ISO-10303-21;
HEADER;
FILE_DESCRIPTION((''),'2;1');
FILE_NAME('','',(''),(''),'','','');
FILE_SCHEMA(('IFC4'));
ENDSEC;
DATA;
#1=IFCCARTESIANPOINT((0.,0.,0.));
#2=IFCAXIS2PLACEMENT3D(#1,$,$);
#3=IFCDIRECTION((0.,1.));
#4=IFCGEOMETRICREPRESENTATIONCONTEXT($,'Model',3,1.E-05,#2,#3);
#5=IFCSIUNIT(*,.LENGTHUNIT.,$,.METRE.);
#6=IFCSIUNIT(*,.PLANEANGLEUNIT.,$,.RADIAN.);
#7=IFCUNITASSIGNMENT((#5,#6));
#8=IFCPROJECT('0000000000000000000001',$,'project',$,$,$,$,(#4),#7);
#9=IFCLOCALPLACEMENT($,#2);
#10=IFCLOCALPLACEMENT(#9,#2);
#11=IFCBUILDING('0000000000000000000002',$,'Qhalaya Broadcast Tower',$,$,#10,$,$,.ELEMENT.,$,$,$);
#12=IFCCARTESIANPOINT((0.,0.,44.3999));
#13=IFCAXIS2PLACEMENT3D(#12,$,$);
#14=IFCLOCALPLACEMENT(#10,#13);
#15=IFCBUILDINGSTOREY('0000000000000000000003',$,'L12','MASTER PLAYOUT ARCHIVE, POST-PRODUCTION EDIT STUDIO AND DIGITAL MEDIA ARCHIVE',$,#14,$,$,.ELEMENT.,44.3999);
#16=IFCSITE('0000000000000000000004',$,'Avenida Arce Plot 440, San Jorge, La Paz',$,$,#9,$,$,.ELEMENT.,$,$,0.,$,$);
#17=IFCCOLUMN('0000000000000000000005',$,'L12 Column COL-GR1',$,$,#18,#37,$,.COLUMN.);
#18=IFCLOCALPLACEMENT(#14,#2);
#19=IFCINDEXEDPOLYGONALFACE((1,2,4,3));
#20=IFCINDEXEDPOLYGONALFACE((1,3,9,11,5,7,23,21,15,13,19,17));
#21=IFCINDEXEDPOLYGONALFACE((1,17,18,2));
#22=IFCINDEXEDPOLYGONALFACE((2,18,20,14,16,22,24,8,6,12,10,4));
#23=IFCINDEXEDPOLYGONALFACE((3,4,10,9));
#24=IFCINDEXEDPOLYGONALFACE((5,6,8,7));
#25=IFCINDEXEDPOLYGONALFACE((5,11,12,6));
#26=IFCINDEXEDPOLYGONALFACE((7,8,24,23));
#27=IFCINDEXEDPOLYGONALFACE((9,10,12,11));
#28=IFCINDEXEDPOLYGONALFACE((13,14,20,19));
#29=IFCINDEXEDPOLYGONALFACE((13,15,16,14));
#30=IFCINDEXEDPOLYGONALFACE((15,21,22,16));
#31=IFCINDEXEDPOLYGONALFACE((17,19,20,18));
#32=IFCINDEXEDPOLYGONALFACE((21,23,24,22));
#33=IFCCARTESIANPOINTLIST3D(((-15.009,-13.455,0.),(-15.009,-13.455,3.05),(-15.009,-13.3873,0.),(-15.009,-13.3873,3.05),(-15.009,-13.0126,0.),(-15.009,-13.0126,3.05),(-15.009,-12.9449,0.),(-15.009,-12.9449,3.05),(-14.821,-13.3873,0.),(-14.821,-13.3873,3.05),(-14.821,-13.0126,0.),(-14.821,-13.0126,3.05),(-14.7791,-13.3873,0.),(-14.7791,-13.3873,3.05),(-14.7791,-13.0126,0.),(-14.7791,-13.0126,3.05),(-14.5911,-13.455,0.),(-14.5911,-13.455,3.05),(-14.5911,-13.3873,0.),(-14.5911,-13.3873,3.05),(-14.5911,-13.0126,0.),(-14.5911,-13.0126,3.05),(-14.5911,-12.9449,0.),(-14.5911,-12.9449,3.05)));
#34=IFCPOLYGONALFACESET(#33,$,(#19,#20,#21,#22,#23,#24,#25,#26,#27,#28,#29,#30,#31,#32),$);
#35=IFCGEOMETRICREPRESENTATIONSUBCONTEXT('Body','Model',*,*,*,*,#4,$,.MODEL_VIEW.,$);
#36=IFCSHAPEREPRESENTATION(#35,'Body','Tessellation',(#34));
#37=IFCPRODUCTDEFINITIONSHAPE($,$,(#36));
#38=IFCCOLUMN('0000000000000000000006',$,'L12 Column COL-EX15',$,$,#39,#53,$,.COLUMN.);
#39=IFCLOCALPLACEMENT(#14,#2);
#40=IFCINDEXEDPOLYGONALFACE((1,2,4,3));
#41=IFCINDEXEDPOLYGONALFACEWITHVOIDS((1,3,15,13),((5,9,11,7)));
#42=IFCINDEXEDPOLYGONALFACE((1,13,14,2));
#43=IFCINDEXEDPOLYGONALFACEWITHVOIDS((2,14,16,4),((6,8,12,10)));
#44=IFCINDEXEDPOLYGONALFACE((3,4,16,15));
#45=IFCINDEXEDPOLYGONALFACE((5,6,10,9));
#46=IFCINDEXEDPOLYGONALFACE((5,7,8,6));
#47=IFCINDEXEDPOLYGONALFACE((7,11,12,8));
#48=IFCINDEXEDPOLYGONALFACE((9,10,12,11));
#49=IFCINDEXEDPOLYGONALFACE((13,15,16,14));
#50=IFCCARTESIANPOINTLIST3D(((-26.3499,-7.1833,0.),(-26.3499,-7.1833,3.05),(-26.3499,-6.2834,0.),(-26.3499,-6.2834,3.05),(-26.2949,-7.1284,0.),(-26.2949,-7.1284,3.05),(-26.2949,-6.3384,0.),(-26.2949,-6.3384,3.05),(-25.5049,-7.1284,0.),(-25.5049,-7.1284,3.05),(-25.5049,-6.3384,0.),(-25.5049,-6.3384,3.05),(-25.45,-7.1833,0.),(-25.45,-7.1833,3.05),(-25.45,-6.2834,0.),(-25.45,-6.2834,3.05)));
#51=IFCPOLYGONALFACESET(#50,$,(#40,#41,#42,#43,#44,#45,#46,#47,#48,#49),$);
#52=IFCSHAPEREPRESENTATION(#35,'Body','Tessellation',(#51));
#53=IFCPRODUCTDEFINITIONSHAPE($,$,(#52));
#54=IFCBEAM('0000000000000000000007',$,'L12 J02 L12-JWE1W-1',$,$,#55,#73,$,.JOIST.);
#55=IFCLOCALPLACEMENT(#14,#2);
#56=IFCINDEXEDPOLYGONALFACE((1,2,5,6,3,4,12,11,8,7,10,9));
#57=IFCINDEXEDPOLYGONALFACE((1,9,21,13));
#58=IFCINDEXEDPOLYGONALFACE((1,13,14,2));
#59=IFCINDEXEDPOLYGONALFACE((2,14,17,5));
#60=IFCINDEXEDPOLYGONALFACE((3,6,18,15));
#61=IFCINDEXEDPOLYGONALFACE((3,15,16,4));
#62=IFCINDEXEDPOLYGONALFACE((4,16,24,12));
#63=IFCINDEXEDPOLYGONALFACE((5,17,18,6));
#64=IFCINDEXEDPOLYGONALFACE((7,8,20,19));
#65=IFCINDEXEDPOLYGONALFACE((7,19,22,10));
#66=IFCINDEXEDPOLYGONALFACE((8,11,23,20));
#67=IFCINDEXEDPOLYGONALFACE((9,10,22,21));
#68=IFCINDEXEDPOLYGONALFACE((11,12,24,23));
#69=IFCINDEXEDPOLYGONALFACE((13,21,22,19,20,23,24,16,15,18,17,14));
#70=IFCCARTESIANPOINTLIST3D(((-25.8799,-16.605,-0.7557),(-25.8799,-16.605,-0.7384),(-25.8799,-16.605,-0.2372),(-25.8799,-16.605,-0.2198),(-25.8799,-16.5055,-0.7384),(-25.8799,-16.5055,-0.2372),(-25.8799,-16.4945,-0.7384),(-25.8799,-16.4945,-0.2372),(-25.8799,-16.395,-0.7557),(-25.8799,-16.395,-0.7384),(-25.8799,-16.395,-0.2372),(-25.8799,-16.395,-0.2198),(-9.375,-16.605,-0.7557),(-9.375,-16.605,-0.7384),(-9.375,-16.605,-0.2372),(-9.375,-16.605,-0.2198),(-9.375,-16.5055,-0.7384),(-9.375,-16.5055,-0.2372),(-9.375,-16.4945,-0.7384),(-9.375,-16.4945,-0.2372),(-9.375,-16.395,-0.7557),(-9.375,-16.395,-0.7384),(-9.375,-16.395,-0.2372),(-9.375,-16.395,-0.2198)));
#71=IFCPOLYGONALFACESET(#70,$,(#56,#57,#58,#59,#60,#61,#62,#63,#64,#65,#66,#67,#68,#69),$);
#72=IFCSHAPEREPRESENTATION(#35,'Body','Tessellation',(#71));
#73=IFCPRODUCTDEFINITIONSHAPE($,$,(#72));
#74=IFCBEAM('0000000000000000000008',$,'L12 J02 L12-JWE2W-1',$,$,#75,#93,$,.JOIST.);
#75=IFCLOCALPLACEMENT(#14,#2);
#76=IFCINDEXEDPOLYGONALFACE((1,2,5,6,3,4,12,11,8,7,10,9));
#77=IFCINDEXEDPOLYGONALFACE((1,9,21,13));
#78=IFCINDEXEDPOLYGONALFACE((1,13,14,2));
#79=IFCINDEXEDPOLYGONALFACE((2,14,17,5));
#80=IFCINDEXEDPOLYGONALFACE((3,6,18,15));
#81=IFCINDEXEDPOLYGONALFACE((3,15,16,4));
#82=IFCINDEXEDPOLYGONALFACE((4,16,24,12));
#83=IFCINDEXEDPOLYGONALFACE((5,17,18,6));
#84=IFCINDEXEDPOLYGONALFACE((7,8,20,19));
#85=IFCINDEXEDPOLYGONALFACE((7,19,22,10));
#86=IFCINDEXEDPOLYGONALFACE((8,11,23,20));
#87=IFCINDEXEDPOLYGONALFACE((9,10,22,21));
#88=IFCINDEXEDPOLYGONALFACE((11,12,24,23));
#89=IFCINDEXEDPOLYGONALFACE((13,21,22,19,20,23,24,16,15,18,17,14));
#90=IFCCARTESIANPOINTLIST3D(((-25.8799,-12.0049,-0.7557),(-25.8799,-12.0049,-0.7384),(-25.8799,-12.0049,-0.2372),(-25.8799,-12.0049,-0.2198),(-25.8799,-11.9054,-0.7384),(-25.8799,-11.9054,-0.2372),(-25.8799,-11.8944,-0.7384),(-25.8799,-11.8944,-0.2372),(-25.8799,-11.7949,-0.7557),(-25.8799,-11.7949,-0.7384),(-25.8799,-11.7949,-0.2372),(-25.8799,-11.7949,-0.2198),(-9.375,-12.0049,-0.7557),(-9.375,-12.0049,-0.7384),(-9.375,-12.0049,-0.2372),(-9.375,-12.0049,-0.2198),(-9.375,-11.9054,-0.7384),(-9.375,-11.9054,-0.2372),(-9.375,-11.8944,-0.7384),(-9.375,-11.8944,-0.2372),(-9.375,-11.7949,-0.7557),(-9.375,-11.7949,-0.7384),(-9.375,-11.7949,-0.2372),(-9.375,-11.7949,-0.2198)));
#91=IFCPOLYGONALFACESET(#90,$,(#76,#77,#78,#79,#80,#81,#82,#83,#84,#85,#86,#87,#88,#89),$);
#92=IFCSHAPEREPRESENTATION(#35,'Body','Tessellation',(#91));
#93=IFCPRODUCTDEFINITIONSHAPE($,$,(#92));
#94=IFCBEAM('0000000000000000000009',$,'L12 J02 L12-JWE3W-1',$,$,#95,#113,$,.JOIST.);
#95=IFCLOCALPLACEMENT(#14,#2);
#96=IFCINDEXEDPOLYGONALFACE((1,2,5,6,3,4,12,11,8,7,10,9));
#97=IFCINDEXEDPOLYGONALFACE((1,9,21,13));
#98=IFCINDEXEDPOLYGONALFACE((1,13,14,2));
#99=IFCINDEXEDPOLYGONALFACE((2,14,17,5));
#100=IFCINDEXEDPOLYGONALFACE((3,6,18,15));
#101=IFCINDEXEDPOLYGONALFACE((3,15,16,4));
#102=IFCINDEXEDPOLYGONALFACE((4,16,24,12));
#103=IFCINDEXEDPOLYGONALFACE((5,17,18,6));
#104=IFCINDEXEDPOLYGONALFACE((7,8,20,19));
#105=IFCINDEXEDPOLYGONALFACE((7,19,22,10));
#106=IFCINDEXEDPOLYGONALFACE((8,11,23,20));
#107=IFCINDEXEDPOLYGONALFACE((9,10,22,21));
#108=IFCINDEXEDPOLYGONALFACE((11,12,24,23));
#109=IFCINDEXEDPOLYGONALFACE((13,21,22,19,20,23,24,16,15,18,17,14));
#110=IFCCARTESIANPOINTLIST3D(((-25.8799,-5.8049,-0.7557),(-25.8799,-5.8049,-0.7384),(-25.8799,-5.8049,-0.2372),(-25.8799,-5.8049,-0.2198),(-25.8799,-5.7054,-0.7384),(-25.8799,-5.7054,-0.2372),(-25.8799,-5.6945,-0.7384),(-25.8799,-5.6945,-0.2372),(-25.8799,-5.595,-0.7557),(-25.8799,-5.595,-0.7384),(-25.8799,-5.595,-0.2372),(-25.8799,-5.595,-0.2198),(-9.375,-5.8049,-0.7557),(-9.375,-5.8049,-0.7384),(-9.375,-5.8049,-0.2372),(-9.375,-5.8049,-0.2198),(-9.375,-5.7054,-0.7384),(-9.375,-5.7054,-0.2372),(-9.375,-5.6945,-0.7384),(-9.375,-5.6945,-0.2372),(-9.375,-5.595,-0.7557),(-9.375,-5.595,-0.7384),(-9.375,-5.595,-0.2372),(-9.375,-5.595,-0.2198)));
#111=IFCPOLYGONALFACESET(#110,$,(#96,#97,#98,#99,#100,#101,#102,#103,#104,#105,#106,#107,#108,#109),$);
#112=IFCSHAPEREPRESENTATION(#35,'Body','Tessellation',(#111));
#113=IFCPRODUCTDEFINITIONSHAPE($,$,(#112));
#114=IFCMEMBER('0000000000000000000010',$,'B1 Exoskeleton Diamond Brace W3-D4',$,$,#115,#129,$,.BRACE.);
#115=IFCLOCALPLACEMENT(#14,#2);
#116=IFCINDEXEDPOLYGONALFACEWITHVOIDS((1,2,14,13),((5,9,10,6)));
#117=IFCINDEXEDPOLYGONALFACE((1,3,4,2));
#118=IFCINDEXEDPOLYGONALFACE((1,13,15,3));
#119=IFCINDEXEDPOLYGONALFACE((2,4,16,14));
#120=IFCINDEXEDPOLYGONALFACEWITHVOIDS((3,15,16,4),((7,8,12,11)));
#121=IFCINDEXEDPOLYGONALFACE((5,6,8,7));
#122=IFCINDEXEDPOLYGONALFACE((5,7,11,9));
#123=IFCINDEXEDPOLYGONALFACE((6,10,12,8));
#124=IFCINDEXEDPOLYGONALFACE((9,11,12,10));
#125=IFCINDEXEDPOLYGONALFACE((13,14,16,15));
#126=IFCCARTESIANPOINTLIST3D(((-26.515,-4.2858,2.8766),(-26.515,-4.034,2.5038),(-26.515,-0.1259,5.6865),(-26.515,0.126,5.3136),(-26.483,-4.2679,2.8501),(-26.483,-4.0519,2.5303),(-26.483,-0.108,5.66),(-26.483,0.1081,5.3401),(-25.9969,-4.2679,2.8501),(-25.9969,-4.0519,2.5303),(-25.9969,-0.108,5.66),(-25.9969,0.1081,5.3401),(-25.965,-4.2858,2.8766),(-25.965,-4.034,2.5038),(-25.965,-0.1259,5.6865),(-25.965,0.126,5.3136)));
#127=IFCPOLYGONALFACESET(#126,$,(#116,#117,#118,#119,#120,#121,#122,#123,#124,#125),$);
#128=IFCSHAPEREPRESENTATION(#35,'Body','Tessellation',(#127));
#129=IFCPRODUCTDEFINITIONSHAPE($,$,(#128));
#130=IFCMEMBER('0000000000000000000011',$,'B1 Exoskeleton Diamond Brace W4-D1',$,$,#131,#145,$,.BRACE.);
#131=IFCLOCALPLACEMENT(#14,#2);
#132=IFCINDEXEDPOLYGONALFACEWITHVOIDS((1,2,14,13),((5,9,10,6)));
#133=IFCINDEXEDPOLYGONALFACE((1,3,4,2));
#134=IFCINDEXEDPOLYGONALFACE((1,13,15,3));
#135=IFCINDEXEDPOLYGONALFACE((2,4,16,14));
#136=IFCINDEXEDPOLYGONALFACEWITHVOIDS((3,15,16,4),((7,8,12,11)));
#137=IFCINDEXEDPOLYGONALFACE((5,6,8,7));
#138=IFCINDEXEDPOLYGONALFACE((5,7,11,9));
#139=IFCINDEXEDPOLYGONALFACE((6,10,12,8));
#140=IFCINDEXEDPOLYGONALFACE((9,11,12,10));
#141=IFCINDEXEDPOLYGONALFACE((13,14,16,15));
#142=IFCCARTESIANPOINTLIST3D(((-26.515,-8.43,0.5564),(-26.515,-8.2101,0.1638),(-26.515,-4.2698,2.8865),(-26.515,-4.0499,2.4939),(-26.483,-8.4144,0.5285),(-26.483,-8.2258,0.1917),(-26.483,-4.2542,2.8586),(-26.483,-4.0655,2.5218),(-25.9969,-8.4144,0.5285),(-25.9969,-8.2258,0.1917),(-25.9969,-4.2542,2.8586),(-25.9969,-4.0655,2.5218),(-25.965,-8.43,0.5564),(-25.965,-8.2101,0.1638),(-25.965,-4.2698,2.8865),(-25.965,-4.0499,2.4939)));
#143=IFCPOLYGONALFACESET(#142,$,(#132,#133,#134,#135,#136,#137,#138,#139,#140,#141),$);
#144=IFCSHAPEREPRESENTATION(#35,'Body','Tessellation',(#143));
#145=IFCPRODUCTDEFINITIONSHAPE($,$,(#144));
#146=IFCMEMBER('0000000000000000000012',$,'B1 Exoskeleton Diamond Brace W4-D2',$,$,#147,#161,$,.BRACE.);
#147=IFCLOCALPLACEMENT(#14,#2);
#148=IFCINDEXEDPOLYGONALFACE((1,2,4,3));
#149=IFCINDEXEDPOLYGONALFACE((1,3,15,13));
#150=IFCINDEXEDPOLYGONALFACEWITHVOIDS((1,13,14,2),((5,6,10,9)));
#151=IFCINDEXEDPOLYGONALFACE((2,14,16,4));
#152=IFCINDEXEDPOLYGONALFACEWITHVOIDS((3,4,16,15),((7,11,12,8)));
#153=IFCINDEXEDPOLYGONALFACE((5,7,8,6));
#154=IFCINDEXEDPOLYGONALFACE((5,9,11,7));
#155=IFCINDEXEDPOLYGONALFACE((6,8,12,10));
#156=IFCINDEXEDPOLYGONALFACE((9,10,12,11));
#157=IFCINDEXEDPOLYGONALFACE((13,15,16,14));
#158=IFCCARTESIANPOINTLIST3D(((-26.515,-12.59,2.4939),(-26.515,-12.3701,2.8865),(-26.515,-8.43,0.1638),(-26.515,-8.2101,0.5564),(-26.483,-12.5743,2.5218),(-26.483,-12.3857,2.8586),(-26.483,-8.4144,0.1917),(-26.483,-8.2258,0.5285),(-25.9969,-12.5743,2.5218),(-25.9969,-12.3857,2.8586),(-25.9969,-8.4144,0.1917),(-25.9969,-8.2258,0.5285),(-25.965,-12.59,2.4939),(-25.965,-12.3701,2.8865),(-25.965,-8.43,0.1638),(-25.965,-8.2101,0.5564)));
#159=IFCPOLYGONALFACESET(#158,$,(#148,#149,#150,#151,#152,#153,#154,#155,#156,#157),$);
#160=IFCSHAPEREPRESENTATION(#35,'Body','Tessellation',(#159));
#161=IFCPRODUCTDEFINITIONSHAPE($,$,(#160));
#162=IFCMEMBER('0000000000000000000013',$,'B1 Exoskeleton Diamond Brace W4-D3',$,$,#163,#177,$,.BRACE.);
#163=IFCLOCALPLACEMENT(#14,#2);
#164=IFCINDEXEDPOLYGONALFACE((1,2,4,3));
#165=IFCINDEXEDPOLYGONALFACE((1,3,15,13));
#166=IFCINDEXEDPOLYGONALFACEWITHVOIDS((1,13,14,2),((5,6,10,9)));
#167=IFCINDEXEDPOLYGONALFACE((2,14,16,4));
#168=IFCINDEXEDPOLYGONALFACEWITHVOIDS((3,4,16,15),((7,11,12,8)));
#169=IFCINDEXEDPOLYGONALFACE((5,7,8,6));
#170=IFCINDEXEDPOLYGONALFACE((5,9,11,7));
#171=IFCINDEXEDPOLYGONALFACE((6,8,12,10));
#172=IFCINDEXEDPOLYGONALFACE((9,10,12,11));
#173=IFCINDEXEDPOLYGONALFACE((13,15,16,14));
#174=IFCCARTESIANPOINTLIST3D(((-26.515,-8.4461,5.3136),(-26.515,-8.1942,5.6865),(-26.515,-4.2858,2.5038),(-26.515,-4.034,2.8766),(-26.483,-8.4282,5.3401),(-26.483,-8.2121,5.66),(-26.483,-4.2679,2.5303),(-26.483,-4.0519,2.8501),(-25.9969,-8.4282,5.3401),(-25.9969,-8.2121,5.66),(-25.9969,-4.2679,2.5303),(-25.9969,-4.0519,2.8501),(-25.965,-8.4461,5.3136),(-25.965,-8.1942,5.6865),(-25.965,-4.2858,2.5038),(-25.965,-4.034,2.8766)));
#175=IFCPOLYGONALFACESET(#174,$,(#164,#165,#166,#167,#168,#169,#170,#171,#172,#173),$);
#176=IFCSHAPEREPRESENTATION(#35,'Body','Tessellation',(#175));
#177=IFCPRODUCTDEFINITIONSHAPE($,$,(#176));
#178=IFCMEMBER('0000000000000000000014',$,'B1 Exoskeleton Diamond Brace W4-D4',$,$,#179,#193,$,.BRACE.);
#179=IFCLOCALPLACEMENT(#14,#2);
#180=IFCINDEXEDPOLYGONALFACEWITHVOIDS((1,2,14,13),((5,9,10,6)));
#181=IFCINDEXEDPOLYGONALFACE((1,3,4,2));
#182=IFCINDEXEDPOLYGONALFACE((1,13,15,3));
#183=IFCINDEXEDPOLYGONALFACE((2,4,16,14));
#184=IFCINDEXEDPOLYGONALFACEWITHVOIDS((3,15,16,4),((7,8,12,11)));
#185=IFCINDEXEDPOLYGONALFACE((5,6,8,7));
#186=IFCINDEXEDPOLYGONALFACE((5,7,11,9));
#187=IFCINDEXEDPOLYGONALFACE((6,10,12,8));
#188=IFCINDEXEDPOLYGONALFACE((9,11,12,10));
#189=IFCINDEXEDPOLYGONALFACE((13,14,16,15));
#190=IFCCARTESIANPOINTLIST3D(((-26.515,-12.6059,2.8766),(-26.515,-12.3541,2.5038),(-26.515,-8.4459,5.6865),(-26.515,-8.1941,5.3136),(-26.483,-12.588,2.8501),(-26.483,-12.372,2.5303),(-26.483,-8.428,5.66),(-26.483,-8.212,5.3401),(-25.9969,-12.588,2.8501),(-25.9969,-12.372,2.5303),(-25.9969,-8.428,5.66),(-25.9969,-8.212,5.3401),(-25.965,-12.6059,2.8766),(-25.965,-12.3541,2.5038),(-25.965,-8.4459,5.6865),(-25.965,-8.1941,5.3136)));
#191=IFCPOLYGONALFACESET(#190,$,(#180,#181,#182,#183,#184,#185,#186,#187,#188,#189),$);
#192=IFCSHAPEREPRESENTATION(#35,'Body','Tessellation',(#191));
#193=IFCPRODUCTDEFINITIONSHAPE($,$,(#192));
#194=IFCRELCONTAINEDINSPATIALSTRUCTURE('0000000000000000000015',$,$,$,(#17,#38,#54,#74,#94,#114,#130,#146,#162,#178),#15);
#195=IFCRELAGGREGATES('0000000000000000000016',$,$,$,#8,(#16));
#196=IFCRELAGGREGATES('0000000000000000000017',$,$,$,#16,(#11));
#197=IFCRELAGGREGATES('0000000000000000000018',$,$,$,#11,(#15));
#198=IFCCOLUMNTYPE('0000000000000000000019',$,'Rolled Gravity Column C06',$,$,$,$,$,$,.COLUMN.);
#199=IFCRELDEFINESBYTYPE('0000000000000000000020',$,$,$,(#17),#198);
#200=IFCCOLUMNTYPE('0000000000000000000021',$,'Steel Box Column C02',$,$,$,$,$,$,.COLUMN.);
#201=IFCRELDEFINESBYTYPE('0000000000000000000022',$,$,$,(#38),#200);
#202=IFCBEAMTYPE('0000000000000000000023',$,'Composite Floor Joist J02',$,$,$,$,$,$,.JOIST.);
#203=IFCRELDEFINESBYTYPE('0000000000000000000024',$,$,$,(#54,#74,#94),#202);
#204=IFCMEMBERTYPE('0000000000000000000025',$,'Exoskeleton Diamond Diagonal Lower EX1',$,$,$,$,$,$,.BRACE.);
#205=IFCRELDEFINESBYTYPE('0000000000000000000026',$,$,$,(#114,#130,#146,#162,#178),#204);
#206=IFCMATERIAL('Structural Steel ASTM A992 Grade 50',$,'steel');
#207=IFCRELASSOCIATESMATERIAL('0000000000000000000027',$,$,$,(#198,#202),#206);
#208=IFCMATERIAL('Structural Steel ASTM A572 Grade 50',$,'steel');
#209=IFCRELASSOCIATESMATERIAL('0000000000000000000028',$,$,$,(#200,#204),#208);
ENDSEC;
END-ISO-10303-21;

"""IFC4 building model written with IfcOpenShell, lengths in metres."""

from ifc_helpers import new_model, si_unit, direction, frame, origin, origin_2d, place, context, subcontext, project, spatial, hollow_rectangle, i_section, extrude, material, material_profile, profile_set, type_object, element, save


model = new_model("IFC4")

# Units and contexts
model_context = context("Model", 3, precision=1e-05, world=origin(), true_north=direction((0.0, 1.0)))
body_context = subcontext(model_context, "Body", "Model", "MODEL_VIEW")
ifc_project = project(units=[si_unit("LENGTHUNIT", "METRE"), si_unit("PLANEANGLEUNIT", "RADIAN")], contexts=[model_context])

# Site, building, storey
site_placement = place(None, origin())
site = spatial("IfcSite", under=ifc_project, at=site_placement, Name="Avenida Arce Plot 440, San Jorge, La Paz", CompositionType="ELEMENT", RefElevation=0.0)
building_placement = place(site_placement, origin())
building = spatial("IfcBuilding", under=site, at=building_placement, Name="Qhalaya Broadcast Tower", CompositionType="ELEMENT")
storey_placement = place(building_placement, frame((0.0, 0.0, 44.3999)))
storey = spatial("IfcBuildingStorey", under=building, at=storey_placement, Name="L12", Description="MASTER PLAYOUT ARCHIVE, POST-PRODUCTION EDIT STUDIO AND DIGITAL MEDIA ARCHIVE", CompositionType="ELEMENT", Elevation=44.3999)

# Columns
ifc_material_1 = material(Name="Structural Steel ASTM A992 Grade 50", Category="steel")
ifc_material_profile_1 = material_profile(ifc_material_1, i_section(OverallWidth=0.418, OverallDepth=0.51, WebThickness=0.042, FlangeThickness=0.0676, at=origin_2d()), Name="W14X370")
ifc_profile_set_1 = profile_set([ifc_material_profile_1], Name="Structural Steel ASTM A992 Grade 50")
column_type_1 = type_object("IfcColumnType", Name="Rolled Gravity Column C06", PredefinedType="COLUMN", material=ifc_profile_set_1)
column_1_placement = place(storey_placement, frame((-14.8, -13.2, 0.0), z_axis=(0.0, 0.0, 1.0), x_axis=(1.0, 0.0, 0.0)))
element("IfcColumn", 1, at=column_1_placement, inside=storey, type_object=column_type_1, Name="L12 Column COL-GR1", PredefinedType="COLUMN", context=body_context, shape_type="SweptSolid", body=[
    extrude(i_section(OverallWidth=0.418, OverallDepth=0.51, WebThickness=0.042, FlangeThickness=0.0676, at=origin_2d()), origin(), (0.0, 0.0, 1.0), 3.05),
])
ifc_material_2 = material(Name="Structural Steel ASTM A572 Grade 50", Category="steel")
ifc_material_profile_2 = material_profile(ifc_material_2, hollow_rectangle(XDim=0.8999, YDim=0.8999, WallThickness=0.0549, at=origin_2d()), Name="BOX 900x900x55")
ifc_profile_set_2 = profile_set([ifc_material_profile_2], Name="Structural Steel ASTM A572 Grade 50")
column_type_2 = type_object("IfcColumnType", Name="Steel Box Column C02", PredefinedType="COLUMN", material=ifc_profile_set_2)
column_2_placement = place(storey_placement, frame((-25.8999, -6.7334, 0.0), z_axis=(0.0, 0.0, 1.0), x_axis=(0.0, 1.0, 0.0)))
element("IfcColumn", 2, at=column_2_placement, inside=storey, type_object=column_type_2, Name="L12 Column COL-EX15", PredefinedType="COLUMN", context=body_context, shape_type="SweptSolid", body=[
    extrude(hollow_rectangle(XDim=0.8999, YDim=0.8999, WallThickness=0.0549, at=origin_2d()), origin(), (0.0, 0.0, 1.0), 3.05),
])

# Beams
ifc_material_profile_3 = material_profile(ifc_material_1, i_section(OverallWidth=0.21, OverallDepth=0.5359, WebThickness=0.011, FlangeThickness=0.0173, at=origin_2d()), Name="W21X68")
ifc_profile_set_3 = profile_set([ifc_material_profile_3], Name="Structural Steel ASTM A992 Grade 50")
beam_type_1 = type_object("IfcBeamType", Name="Composite Floor Joist J02", PredefinedType="JOIST", material=ifc_profile_set_3)
for number, where, z_axis, x_axis, name in (
    (3, (-25.8799, -16.5, -0.4878), (1.0, 0.0, 0.0), (0.0, 1.0, 0.0), "L12 J02 L12-JWE1W-1"),
    (4, (-25.8799, -11.8999, -0.4878), (1.0, 0.0, 0.0), (0.0, 1.0, 0.0), "L12 J02 L12-JWE2W-1"),
    (5, (-25.8799, -5.7, -0.4878), (1.0, 0.0, 0.0), (0.0, 1.0, 0.0), "L12 J02 L12-JWE3W-1"),
):
    element("IfcBeam", number, at=place(storey_placement, frame(where, z_axis=z_axis, x_axis=x_axis)), inside=storey, type_object=beam_type_1, Name=name, PredefinedType="JOIST", context=body_context, shape_type="SweptSolid", body=[
        extrude(i_section(OverallWidth=0.21, OverallDepth=0.5359, WebThickness=0.011, FlangeThickness=0.0173, at=origin_2d()), origin(), (0.0, 0.0, 1.0), 16.5049),
    ])

# Members
ifc_material_profile_4 = material_profile(ifc_material_2, hollow_rectangle(XDim=0.45, YDim=0.55, WallThickness=0.032, at=origin_2d()), Name="BOX 450x550x32")
ifc_profile_set_4 = profile_set([ifc_material_profile_4], Name="Structural Steel ASTM A572 Grade 50")
member_type = type_object("IfcMemberType", Name="Exoskeleton Diamond Diagonal Lower EX1", PredefinedType="BRACE", material=ifc_profile_set_4)
member_1_placement = place(storey_placement, frame((-26.24, -4.1599, 2.6902), z_axis=(0.0, 0.828676, 0.559729), x_axis=(0.0, -0.559729, 0.828676)))
element("IfcMember", 6, at=member_1_placement, inside=storey, type_object=member_type, Name="B1 Exoskeleton Diamond Brace W3-D4", PredefinedType="BRACE", context=body_context, shape_type="SweptSolid", body=[
    extrude(hollow_rectangle(XDim=0.45, YDim=0.55, WallThickness=0.032, at=origin_2d()), origin(), (0.0, 0.0, 1.0), 5.02),
])
member_2_placement = place(storey_placement, frame((-26.24, -8.3201, 0.3601), z_axis=(0.0, 0.872471, 0.488666), x_axis=(0.0, -0.488666, 0.872471)))
element("IfcMember", 7, at=member_2_placement, inside=storey, type_object=member_type, Name="B1 Exoskeleton Diamond Brace W4-D1", PredefinedType="BRACE", context=body_context, shape_type="SweptSolid", body=[
    extrude(hollow_rectangle(XDim=0.45, YDim=0.55, WallThickness=0.032, at=origin_2d()), origin(), (0.0, 0.0, 1.0), 4.7683),
])
member_3_placement = place(storey_placement, frame((-26.24, -8.3201, 0.3601), z_axis=(0.0, -0.872459, 0.488688), x_axis=(0.0, 0.488688, 0.872459)))
element("IfcMember", 8, at=member_3_placement, inside=storey, type_object=member_type, Name="B1 Exoskeleton Diamond Brace W4-D2", PredefinedType="BRACE", context=body_context, shape_type="SweptSolid", body=[
    extrude(hollow_rectangle(XDim=0.45, YDim=0.55, WallThickness=0.032, at=origin_2d()), origin(), (0.0, 0.0, 1.0), 4.7681),
])
member_4_placement = place(storey_placement, frame((-26.24, -4.1599, 2.6902), z_axis=(0.0, -0.828691, 0.559707), x_axis=(0.0, 0.559707, 0.828691)))
element("IfcMember", 9, at=member_4_placement, inside=storey, type_object=member_type, Name="B1 Exoskeleton Diamond Brace W4-D3", PredefinedType="BRACE", context=body_context, shape_type="SweptSolid", body=[
    extrude(hollow_rectangle(XDim=0.45, YDim=0.55, WallThickness=0.032, at=origin_2d()), origin(), (0.0, 0.0, 1.0), 5.0203),
])
for number, where, z_axis, x_axis, name in (
    (10, (-26.24, -12.48, 2.6902), (0.0, 0.828676, 0.559729), (0.0, -0.559729, 0.828676), "B1 Exoskeleton Diamond Brace W4-D4"),
):
    element("IfcMember", number, at=place(storey_placement, frame(where, z_axis=z_axis, x_axis=x_axis)), inside=storey, type_object=member_type, Name=name, PredefinedType="BRACE", context=body_context, shape_type="SweptSolid", body=[
        extrude(hollow_rectangle(XDim=0.45, YDim=0.55, WallThickness=0.032, at=origin_2d()), origin(), (0.0, 0.0, 1.0), 5.02),
    ])

save(model, "model.ifc")
